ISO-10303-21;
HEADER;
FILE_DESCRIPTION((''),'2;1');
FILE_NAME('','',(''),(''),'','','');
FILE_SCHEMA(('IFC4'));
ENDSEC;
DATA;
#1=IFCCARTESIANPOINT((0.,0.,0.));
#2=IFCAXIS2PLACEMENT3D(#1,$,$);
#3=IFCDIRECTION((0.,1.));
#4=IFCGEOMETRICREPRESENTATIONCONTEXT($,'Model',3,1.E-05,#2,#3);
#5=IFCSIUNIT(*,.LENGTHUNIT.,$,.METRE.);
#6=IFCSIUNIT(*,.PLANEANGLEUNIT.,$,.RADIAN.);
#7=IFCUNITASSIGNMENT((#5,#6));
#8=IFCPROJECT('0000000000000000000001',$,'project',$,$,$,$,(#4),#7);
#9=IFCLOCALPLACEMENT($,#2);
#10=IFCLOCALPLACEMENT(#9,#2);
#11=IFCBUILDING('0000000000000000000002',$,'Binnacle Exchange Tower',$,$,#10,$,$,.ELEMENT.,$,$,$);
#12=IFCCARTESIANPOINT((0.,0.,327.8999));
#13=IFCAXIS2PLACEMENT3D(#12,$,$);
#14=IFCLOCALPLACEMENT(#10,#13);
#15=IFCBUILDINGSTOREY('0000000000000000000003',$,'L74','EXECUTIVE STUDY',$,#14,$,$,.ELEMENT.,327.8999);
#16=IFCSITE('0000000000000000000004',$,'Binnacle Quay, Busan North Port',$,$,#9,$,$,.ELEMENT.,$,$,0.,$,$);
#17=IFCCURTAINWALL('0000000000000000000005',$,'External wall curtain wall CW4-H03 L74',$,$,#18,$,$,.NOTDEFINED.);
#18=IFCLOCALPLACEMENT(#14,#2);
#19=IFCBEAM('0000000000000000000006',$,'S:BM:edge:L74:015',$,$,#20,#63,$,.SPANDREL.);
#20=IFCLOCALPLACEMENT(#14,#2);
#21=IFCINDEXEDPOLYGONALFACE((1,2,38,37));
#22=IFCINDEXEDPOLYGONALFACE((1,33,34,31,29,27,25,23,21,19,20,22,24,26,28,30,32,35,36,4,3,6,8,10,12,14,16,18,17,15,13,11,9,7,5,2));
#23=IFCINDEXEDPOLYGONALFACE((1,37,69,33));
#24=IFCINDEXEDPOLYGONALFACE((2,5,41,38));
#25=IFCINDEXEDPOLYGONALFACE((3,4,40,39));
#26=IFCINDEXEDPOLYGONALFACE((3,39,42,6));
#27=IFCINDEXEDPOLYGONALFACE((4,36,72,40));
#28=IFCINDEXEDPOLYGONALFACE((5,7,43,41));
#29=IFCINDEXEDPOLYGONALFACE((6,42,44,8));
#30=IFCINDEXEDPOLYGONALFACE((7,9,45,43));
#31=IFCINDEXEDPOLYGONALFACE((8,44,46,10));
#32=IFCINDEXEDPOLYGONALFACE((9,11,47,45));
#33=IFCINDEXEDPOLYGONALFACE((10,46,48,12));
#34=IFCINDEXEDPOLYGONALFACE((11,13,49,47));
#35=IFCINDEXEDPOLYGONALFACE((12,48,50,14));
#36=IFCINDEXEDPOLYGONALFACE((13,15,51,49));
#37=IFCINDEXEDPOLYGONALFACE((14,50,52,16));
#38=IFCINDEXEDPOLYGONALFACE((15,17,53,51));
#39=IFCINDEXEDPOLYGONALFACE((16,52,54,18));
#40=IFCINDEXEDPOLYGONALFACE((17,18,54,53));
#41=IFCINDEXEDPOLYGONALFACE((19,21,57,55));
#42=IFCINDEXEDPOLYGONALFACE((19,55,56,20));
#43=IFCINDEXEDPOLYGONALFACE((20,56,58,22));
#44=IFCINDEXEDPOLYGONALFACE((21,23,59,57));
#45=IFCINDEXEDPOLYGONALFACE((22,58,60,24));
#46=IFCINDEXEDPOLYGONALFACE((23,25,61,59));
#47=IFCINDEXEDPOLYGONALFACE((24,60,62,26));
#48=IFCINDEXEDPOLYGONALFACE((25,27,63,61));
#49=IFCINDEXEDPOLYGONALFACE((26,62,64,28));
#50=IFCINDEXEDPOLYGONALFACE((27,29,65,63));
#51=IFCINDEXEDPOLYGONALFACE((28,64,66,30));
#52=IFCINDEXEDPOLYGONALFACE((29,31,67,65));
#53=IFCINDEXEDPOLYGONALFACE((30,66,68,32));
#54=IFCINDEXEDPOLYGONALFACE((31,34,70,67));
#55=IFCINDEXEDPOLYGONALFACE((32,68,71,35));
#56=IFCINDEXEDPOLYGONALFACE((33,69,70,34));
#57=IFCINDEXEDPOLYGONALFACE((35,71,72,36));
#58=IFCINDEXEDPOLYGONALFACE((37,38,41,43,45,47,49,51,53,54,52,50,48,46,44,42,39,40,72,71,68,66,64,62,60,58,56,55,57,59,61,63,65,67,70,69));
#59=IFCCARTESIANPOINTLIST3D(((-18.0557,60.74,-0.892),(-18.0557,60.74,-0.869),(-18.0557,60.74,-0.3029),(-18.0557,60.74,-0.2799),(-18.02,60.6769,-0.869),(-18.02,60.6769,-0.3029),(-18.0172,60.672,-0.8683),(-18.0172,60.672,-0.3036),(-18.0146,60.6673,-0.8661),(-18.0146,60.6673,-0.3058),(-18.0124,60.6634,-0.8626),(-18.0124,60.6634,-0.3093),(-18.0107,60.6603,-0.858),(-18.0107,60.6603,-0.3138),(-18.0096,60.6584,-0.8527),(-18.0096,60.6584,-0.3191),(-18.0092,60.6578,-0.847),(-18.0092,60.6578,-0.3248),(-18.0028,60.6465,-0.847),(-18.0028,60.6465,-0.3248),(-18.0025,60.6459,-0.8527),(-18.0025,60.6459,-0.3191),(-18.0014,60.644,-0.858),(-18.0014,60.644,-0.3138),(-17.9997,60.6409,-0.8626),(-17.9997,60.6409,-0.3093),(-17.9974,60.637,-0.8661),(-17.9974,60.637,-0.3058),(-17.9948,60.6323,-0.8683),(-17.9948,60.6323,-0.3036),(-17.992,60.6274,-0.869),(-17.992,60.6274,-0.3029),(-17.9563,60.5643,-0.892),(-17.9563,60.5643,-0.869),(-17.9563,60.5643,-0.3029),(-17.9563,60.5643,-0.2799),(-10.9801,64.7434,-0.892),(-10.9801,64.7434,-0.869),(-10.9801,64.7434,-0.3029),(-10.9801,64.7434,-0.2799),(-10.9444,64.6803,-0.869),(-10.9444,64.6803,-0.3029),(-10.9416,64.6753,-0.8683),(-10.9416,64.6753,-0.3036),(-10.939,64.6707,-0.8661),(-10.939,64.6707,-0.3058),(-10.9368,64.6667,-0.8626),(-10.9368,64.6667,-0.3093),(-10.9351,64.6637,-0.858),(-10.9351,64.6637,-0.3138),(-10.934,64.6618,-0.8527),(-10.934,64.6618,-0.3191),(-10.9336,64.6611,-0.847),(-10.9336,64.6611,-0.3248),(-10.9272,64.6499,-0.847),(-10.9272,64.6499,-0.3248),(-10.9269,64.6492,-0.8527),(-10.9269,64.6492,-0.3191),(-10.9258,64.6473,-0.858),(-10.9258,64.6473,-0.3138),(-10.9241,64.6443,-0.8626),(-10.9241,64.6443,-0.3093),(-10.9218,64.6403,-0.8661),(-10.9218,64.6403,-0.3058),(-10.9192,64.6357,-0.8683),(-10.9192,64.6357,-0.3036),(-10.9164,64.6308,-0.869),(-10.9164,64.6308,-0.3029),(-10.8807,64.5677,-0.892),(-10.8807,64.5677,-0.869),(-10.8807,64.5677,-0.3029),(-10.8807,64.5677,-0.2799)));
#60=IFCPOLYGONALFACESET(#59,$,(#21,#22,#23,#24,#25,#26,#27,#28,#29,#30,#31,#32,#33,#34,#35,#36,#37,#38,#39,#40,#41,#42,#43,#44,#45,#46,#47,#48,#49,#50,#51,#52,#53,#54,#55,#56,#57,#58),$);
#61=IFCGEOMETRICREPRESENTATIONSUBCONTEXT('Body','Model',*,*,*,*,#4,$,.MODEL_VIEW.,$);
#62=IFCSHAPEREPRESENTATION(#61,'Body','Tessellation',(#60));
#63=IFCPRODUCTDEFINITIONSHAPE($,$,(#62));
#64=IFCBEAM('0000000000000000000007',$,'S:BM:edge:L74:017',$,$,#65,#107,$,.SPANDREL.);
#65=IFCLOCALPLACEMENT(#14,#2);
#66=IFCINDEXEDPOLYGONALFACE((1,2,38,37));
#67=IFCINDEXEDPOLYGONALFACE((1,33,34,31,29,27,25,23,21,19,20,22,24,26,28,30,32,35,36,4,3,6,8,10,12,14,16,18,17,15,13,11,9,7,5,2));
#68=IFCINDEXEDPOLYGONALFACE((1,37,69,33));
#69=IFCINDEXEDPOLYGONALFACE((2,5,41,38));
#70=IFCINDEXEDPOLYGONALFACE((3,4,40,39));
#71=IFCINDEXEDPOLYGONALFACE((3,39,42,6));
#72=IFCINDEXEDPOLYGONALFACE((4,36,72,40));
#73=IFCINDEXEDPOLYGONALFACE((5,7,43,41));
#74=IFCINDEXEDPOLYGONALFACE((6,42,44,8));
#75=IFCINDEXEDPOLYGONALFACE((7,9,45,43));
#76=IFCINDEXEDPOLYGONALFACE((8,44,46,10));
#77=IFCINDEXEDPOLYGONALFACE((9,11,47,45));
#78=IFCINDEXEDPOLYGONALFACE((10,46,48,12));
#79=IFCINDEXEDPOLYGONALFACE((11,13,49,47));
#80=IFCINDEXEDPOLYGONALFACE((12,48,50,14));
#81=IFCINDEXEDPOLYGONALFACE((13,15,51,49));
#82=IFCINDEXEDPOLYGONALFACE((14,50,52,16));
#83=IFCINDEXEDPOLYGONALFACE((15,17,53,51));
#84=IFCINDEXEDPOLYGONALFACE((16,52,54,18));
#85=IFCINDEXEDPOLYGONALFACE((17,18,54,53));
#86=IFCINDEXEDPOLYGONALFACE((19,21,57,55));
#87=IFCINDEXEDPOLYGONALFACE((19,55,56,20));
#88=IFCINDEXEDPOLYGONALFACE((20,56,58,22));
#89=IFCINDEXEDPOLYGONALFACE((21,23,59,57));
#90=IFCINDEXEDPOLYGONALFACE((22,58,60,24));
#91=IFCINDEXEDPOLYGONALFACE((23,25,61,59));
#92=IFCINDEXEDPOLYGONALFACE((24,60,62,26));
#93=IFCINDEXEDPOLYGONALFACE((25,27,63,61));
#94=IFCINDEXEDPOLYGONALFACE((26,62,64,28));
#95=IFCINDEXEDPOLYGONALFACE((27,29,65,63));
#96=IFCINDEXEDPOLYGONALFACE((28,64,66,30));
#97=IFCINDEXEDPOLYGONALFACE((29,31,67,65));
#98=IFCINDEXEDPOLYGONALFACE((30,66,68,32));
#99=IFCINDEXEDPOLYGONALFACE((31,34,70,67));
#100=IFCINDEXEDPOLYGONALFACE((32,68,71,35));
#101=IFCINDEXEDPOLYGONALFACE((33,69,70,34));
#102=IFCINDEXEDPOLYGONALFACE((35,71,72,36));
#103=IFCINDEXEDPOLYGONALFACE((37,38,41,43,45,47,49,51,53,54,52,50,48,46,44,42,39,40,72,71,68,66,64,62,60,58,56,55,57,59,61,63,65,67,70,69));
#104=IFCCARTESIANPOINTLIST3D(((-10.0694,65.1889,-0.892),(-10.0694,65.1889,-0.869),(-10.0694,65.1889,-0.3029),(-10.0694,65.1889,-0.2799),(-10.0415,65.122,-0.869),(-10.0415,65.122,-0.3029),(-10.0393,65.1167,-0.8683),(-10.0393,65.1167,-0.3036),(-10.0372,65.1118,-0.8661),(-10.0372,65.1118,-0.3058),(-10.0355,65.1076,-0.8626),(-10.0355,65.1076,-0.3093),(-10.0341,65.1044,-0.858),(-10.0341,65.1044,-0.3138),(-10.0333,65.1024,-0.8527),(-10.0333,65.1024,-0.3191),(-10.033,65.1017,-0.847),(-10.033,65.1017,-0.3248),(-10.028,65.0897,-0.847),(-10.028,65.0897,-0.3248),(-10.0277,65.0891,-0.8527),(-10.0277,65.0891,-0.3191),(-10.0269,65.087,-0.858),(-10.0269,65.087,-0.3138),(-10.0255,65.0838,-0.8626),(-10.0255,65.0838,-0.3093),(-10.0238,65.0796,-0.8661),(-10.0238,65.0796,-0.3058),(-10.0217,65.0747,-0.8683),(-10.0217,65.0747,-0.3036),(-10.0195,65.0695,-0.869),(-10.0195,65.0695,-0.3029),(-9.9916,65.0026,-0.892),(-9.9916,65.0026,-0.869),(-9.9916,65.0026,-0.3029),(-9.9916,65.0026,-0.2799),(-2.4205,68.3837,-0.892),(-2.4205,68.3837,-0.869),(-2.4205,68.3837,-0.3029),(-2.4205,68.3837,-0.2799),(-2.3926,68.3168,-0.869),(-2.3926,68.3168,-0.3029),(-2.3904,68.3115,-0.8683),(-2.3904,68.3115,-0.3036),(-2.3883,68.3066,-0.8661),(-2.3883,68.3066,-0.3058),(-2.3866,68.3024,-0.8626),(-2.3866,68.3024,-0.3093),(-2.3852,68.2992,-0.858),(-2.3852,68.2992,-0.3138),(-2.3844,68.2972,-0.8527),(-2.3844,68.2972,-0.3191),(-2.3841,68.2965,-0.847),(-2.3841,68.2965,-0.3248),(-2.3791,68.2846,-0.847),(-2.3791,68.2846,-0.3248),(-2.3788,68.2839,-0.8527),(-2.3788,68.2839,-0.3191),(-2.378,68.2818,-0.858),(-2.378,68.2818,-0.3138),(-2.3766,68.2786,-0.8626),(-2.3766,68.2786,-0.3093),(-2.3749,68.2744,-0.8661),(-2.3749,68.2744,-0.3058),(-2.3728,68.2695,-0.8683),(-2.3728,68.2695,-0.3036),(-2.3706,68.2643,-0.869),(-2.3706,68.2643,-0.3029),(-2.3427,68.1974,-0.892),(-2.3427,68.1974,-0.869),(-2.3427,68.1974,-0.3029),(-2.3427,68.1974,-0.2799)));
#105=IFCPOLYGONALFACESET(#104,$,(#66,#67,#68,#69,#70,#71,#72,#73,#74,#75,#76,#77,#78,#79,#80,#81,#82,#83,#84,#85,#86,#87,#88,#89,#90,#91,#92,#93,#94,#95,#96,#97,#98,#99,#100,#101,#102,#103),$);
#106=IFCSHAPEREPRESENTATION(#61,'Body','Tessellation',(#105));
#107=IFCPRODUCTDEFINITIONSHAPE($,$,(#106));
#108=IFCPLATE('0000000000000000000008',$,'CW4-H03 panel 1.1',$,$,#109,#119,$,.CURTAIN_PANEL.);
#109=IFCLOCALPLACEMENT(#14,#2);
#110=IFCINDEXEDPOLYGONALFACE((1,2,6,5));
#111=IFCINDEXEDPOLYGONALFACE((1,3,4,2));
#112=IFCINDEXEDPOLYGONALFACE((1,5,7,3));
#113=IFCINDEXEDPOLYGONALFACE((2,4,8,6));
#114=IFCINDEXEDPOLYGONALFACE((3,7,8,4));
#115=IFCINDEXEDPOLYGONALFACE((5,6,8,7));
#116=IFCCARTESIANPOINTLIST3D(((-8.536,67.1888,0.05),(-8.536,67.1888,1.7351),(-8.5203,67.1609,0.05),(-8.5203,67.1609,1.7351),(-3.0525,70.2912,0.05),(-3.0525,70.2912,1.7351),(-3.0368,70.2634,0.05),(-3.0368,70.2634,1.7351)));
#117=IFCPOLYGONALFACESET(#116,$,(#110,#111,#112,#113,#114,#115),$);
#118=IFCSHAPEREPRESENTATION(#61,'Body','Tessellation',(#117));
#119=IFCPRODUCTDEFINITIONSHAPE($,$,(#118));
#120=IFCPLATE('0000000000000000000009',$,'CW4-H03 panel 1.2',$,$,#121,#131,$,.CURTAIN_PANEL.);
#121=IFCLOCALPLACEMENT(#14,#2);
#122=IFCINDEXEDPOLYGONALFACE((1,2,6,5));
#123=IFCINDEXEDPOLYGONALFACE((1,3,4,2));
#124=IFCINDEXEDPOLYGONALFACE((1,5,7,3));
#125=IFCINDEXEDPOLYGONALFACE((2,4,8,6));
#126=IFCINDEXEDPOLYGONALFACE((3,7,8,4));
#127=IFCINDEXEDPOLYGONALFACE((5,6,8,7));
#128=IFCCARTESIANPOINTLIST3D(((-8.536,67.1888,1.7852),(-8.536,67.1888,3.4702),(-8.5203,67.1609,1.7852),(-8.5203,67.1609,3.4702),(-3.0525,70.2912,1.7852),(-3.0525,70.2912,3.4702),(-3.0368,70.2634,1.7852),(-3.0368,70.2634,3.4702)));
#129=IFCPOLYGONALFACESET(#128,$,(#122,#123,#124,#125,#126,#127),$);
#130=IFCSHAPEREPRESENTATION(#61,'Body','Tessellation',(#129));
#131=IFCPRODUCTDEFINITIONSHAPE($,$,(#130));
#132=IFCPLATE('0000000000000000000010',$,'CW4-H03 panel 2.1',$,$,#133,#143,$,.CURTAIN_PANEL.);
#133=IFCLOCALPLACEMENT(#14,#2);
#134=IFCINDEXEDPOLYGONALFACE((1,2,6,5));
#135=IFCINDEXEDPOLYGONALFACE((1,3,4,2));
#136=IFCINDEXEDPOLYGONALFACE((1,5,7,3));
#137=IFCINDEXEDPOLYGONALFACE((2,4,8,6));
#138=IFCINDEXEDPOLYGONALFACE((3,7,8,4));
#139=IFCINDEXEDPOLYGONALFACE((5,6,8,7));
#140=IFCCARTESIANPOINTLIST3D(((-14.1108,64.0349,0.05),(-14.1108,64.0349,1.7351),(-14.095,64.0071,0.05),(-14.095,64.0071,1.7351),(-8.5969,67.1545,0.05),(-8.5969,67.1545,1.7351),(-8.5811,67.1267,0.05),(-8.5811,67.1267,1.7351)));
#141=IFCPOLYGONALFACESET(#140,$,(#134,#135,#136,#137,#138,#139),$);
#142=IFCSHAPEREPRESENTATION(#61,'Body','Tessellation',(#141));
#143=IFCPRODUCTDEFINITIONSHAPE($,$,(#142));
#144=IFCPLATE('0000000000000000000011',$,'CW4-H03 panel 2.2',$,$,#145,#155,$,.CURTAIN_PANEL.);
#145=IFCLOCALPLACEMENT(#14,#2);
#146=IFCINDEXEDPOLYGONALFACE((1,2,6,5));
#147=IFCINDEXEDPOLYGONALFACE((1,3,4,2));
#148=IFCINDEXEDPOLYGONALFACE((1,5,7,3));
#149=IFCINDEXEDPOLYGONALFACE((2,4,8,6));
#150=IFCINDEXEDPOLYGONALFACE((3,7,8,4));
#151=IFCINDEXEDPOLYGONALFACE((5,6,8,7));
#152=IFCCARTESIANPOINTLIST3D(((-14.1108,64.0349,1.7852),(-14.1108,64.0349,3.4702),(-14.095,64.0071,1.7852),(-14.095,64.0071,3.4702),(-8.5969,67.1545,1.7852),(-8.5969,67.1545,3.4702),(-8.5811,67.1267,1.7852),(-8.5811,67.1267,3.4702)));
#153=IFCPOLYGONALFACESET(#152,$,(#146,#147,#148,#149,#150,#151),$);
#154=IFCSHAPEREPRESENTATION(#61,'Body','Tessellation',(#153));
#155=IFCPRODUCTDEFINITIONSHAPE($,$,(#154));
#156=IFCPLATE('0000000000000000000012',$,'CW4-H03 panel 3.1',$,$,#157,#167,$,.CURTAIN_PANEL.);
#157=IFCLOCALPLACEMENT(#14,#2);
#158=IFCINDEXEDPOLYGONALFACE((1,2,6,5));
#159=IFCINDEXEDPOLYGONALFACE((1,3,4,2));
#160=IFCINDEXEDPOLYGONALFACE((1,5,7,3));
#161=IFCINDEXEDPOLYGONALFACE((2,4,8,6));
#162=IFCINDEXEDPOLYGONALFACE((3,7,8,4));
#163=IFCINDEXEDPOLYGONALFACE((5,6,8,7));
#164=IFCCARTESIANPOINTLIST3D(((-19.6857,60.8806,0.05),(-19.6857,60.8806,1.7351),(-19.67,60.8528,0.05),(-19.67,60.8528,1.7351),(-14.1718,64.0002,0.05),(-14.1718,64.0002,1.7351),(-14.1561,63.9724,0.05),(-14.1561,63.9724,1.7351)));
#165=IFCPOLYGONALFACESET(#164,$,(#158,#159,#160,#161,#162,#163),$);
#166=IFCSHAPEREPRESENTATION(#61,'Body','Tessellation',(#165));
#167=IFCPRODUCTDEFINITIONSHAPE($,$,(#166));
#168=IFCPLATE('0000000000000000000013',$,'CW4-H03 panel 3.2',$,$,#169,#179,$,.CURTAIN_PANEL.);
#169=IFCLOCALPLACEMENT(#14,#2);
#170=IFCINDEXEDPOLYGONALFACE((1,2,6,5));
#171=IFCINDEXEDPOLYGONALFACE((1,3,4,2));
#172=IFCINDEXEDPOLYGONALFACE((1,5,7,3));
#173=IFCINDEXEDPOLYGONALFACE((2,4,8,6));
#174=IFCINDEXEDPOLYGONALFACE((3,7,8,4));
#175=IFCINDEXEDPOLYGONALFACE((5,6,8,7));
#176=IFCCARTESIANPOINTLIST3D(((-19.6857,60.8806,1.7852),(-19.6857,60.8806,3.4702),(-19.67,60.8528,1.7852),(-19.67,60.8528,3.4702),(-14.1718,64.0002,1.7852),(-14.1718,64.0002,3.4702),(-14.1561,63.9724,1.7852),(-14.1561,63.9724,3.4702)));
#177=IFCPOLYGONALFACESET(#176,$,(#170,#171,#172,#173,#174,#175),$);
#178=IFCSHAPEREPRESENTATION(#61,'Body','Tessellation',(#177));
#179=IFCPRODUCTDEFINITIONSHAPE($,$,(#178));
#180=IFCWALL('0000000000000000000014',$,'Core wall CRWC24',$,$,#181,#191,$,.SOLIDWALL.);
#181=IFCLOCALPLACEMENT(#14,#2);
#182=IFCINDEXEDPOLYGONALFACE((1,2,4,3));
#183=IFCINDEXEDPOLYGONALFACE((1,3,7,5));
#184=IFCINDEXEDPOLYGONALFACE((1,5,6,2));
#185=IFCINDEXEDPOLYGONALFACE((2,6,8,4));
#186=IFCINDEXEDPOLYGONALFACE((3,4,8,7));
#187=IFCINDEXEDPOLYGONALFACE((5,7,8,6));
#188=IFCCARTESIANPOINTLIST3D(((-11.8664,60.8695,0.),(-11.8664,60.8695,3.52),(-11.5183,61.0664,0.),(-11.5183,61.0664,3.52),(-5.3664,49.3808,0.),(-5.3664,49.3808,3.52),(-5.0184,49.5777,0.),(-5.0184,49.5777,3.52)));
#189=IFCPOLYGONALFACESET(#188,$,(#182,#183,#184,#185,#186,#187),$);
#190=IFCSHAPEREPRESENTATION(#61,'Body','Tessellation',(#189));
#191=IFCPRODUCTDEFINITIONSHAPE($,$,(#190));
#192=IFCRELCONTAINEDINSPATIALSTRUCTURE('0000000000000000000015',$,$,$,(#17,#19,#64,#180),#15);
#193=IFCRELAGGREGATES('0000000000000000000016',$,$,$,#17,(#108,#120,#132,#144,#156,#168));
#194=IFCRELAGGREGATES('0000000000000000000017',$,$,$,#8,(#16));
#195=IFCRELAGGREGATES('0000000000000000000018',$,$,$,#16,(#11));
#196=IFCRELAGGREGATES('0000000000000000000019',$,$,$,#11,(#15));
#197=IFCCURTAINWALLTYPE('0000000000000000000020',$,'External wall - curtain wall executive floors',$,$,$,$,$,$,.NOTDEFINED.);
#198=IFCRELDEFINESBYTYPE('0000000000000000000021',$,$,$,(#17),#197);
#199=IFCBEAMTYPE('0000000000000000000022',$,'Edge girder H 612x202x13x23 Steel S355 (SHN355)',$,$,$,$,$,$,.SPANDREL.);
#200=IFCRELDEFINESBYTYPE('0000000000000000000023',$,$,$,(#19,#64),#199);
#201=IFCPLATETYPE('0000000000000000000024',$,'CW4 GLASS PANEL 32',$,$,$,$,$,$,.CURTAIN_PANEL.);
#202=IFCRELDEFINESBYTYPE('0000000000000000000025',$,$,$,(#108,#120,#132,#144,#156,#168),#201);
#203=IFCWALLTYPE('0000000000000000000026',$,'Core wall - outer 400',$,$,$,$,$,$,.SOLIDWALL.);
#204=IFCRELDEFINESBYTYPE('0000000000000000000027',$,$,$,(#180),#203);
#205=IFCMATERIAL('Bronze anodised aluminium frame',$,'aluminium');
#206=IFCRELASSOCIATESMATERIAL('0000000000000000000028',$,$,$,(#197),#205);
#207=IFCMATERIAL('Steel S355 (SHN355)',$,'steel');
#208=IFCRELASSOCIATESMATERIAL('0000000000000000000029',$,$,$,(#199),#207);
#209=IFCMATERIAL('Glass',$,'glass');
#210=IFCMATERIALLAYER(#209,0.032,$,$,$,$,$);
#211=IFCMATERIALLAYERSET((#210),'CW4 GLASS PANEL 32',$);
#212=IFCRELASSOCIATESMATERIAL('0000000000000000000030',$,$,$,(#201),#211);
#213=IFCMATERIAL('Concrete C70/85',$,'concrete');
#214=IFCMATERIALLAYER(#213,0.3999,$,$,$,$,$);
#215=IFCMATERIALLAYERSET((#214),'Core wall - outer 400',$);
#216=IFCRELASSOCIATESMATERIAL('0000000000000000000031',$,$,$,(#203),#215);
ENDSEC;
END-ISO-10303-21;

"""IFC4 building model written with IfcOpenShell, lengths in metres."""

from ifc_helpers import new_model, si_unit, direction, frame, frame_2d, origin, origin_2d, place, context, subcontext, project, spatial, rectangle, i_section, extrude, material, layer, layer_set, material_profile, profile_set, type_object, element, aggregate, save


model = new_model("IFC4")

# Units and contexts
model_context = context("Model", 3, precision=1e-05, world=origin(), true_north=direction((0.0, 1.0)))
body_context = subcontext(model_context, "Body", "Model", "MODEL_VIEW")
ifc_project = project(units=[si_unit("LENGTHUNIT", "METRE"), si_unit("PLANEANGLEUNIT", "RADIAN")], contexts=[model_context])

# Site, building, storey
site_placement = place(None, origin())
site = spatial("IfcSite", under=ifc_project, at=site_placement, Name="Binnacle Quay, Busan North Port", CompositionType="ELEMENT", RefElevation=0.0)
building_placement = place(site_placement, origin())
building = spatial("IfcBuilding", under=site, at=building_placement, Name="Binnacle Exchange Tower", CompositionType="ELEMENT")
storey_placement = place(building_placement, frame((0.0, 0.0, 327.8999)))
storey = spatial("IfcBuildingStorey", under=building, at=storey_placement, Name="L74", Description="EXECUTIVE STUDY", CompositionType="ELEMENT", Elevation=327.8999)

# Curtain wall
ifc_material_1 = material(Name="Bronze anodised aluminium frame", Category="aluminium")
curtain_wall_type = type_object("IfcCurtainWallType", Name="External wall - curtain wall executive floors", PredefinedType="NOTDEFINED", material=ifc_material_1)
curtain_wall_placement = place(storey_placement, origin())
curtain_wall = element("IfcCurtainWall", 1, at=curtain_wall_placement, inside=storey, type_object=curtain_wall_type, Name="External wall curtain wall CW4-H03 L74", PredefinedType="NOTDEFINED")

# Beams
ifc_material_2 = material(Name="Steel S355 (SHN355)", Category="steel")
ifc_material_profile_1 = material_profile(ifc_material_2, i_section(OverallWidth=0.2019, OverallDepth=0.6121, WebThickness=0.0129, FlangeThickness=0.0229, FilletRadius=0.022, at=origin_2d()), Name="H 612x202x13x23")
ifc_profile_set_1 = profile_set([ifc_material_profile_1], Name="Steel S355 (SHN355)")
beam_type = type_object("IfcBeamType", Name="Edge girder H 612x202x13x23 Steel S355 (SHN355)", PredefinedType="SPANDREL", material=ifc_profile_set_1)
beam_1_placement = place(storey_placement, frame((-10.9304, 64.6555, -0.5859), z_axis=(-0.870346, -0.492441, 0.0), x_axis=(0.492441, -0.870346, 0.0)))
element("IfcBeam", 2, at=beam_1_placement, inside=storey, type_object=beam_type, Name="S:BM:edge:L74:015", PredefinedType="SPANDREL", context=body_context, shape_type="SweptSolid", body=[
    extrude(i_section(OverallWidth=0.2019, OverallDepth=0.6121, WebThickness=0.0129, FlangeThickness=0.0229, FilletRadius=0.022, at=origin_2d()), origin(), (0.0, 0.0, 1.0), 8.1296),
])
beam_2_placement = place(storey_placement, frame((-2.3816, 68.2905, -0.5859), z_axis=(-0.922744, -0.385414, 0.0), x_axis=(0.385414, -0.922744, 0.0)))
element("IfcBeam", 3, at=beam_2_placement, inside=storey, type_object=beam_type, Name="S:BM:edge:L74:017", PredefinedType="SPANDREL", context=body_context, shape_type="SweptSolid", body=[
    extrude(i_section(OverallWidth=0.2019, OverallDepth=0.6121, WebThickness=0.0129, FlangeThickness=0.0229, FilletRadius=0.022, at=origin_2d()), origin(), (0.0, 0.0, 1.0), 8.2893),
])

# Plates
ifc_material_3 = material(Name="Glass", Category="glass")
ifc_layer_1 = layer(ifc_material_3, 0.032)
ifc_layer_set_1 = layer_set([ifc_layer_1], Name="CW4 GLASS PANEL 32")
plate_type = type_object("IfcPlateType", Name="CW4 GLASS PANEL 32", PredefinedType="CURTAIN_PANEL", material=ifc_layer_set_1)
plate_1_placement = place(storey_placement, frame((-5.7864, 68.7261, 0.05), z_axis=(0.0, 0.0, 1.0), x_axis=(-0.870356, -0.492424, 0.0)))
plate_1 = element("IfcPlate", 4, at=plate_1_placement, type_object=plate_type, Name="CW4-H03 panel 1.1", PredefinedType="CURTAIN_PANEL", context=body_context, shape_type="SweptSolid", body=[
    extrude(rectangle(XDim=6.3003, YDim=0.032, at=origin_2d()), origin(), (0.0, 0.0, 1.0), 1.6851),
])
plate_2_placement = place(storey_placement, frame((-5.7864, 68.7261, 1.7852), z_axis=(0.0, 0.0, 1.0), x_axis=(-0.870356, -0.492424, 0.0)))
plate_2 = element("IfcPlate", 5, at=plate_2_placement, type_object=plate_type, Name="CW4-H03 panel 1.2", PredefinedType="CURTAIN_PANEL", context=body_context, shape_type="SweptSolid", body=[
    extrude(rectangle(XDim=6.3003, YDim=0.032, at=origin_2d()), origin(), (0.0, 0.0, 1.0), 1.6851),
])
plate_3_placement = place(storey_placement, frame((-11.3459, 65.5808, 0.05), z_axis=(0.0, 0.0, 1.0), x_axis=(-0.870356, -0.492424, 0.0)))
plate_3 = element("IfcPlate", 6, at=plate_3_placement, type_object=plate_type, Name="CW4-H03 panel 2.1", PredefinedType="CURTAIN_PANEL", context=body_context, shape_type="SweptSolid", body=[
    extrude(rectangle(XDim=6.3352, YDim=0.032, at=origin_2d()), origin(), (0.0, 0.0, 1.0), 1.6851),
])
plate_4_placement = place(storey_placement, frame((-11.3459, 65.5808, 1.7852), z_axis=(0.0, 0.0, 1.0), x_axis=(-0.870356, -0.492424, 0.0)))
plate_4 = element("IfcPlate", 7, at=plate_4_placement, type_object=plate_type, Name="CW4-H03 panel 2.2", PredefinedType="CURTAIN_PANEL", context=body_context, shape_type="SweptSolid", body=[
    extrude(rectangle(XDim=6.3352, YDim=0.032, at=origin_2d()), origin(), (0.0, 0.0, 1.0), 1.6851),
])
plate_5_placement = place(storey_placement, frame((-16.9209, 62.4265, 0.05), z_axis=(0.0, 0.0, 1.0), x_axis=(-0.870356, -0.492424, 0.0)))
plate_5 = element("IfcPlate", 8, at=plate_5_placement, type_object=plate_type, Name="CW4-H03 panel 3.1", PredefinedType="CURTAIN_PANEL", context=body_context, shape_type="SweptSolid", body=[
    extrude(rectangle(XDim=6.3352, YDim=0.032, at=origin_2d()), origin(), (0.0, 0.0, 1.0), 1.6851),
])
plate_6_placement = place(storey_placement, frame((-16.9209, 62.4265, 1.7852), z_axis=(0.0, 0.0, 1.0), x_axis=(-0.870356, -0.492424, 0.0)))
plate_6 = element("IfcPlate", 9, at=plate_6_placement, type_object=plate_type, Name="CW4-H03 panel 3.2", PredefinedType="CURTAIN_PANEL", context=body_context, shape_type="SweptSolid", body=[
    extrude(rectangle(XDim=6.3352, YDim=0.032, at=origin_2d()), origin(), (0.0, 0.0, 1.0), 1.6851),
])
aggregate(curtain_wall, [plate_1, plate_2, plate_3, plate_4, plate_5, plate_6])

# Wall
ifc_material_4 = material(Name="Concrete C70/85", Category="concrete")
ifc_layer_2 = layer(ifc_material_4, 0.3999)
ifc_layer_set_2 = layer_set([ifc_layer_2], Name="Core wall - outer 400")
wall_type_1 = type_object("IfcWallType", Name="Core wall - outer 400", PredefinedType="SOLIDWALL", material=ifc_layer_set_2)
wall_1_placement = place(storey_placement, frame((-11.6924, 60.968, 0.0), z_axis=(0.0, 0.0, 1.0), x_axis=(0.492422, -0.870357, 0.0)))
element("IfcWall", 10, at=wall_1_placement, inside=storey, type_object=wall_type_1, Name="Core wall CRWC24", PredefinedType="SOLIDWALL", context=body_context, shape_type="SweptSolid", body=[
    extrude(rectangle(XDim=13.2, YDim=0.3999, at=frame_2d((6.6001, 0.0))), origin(), (0.0, 0.0, 1.0), 3.52),
])

save(model, "model.ifc")
